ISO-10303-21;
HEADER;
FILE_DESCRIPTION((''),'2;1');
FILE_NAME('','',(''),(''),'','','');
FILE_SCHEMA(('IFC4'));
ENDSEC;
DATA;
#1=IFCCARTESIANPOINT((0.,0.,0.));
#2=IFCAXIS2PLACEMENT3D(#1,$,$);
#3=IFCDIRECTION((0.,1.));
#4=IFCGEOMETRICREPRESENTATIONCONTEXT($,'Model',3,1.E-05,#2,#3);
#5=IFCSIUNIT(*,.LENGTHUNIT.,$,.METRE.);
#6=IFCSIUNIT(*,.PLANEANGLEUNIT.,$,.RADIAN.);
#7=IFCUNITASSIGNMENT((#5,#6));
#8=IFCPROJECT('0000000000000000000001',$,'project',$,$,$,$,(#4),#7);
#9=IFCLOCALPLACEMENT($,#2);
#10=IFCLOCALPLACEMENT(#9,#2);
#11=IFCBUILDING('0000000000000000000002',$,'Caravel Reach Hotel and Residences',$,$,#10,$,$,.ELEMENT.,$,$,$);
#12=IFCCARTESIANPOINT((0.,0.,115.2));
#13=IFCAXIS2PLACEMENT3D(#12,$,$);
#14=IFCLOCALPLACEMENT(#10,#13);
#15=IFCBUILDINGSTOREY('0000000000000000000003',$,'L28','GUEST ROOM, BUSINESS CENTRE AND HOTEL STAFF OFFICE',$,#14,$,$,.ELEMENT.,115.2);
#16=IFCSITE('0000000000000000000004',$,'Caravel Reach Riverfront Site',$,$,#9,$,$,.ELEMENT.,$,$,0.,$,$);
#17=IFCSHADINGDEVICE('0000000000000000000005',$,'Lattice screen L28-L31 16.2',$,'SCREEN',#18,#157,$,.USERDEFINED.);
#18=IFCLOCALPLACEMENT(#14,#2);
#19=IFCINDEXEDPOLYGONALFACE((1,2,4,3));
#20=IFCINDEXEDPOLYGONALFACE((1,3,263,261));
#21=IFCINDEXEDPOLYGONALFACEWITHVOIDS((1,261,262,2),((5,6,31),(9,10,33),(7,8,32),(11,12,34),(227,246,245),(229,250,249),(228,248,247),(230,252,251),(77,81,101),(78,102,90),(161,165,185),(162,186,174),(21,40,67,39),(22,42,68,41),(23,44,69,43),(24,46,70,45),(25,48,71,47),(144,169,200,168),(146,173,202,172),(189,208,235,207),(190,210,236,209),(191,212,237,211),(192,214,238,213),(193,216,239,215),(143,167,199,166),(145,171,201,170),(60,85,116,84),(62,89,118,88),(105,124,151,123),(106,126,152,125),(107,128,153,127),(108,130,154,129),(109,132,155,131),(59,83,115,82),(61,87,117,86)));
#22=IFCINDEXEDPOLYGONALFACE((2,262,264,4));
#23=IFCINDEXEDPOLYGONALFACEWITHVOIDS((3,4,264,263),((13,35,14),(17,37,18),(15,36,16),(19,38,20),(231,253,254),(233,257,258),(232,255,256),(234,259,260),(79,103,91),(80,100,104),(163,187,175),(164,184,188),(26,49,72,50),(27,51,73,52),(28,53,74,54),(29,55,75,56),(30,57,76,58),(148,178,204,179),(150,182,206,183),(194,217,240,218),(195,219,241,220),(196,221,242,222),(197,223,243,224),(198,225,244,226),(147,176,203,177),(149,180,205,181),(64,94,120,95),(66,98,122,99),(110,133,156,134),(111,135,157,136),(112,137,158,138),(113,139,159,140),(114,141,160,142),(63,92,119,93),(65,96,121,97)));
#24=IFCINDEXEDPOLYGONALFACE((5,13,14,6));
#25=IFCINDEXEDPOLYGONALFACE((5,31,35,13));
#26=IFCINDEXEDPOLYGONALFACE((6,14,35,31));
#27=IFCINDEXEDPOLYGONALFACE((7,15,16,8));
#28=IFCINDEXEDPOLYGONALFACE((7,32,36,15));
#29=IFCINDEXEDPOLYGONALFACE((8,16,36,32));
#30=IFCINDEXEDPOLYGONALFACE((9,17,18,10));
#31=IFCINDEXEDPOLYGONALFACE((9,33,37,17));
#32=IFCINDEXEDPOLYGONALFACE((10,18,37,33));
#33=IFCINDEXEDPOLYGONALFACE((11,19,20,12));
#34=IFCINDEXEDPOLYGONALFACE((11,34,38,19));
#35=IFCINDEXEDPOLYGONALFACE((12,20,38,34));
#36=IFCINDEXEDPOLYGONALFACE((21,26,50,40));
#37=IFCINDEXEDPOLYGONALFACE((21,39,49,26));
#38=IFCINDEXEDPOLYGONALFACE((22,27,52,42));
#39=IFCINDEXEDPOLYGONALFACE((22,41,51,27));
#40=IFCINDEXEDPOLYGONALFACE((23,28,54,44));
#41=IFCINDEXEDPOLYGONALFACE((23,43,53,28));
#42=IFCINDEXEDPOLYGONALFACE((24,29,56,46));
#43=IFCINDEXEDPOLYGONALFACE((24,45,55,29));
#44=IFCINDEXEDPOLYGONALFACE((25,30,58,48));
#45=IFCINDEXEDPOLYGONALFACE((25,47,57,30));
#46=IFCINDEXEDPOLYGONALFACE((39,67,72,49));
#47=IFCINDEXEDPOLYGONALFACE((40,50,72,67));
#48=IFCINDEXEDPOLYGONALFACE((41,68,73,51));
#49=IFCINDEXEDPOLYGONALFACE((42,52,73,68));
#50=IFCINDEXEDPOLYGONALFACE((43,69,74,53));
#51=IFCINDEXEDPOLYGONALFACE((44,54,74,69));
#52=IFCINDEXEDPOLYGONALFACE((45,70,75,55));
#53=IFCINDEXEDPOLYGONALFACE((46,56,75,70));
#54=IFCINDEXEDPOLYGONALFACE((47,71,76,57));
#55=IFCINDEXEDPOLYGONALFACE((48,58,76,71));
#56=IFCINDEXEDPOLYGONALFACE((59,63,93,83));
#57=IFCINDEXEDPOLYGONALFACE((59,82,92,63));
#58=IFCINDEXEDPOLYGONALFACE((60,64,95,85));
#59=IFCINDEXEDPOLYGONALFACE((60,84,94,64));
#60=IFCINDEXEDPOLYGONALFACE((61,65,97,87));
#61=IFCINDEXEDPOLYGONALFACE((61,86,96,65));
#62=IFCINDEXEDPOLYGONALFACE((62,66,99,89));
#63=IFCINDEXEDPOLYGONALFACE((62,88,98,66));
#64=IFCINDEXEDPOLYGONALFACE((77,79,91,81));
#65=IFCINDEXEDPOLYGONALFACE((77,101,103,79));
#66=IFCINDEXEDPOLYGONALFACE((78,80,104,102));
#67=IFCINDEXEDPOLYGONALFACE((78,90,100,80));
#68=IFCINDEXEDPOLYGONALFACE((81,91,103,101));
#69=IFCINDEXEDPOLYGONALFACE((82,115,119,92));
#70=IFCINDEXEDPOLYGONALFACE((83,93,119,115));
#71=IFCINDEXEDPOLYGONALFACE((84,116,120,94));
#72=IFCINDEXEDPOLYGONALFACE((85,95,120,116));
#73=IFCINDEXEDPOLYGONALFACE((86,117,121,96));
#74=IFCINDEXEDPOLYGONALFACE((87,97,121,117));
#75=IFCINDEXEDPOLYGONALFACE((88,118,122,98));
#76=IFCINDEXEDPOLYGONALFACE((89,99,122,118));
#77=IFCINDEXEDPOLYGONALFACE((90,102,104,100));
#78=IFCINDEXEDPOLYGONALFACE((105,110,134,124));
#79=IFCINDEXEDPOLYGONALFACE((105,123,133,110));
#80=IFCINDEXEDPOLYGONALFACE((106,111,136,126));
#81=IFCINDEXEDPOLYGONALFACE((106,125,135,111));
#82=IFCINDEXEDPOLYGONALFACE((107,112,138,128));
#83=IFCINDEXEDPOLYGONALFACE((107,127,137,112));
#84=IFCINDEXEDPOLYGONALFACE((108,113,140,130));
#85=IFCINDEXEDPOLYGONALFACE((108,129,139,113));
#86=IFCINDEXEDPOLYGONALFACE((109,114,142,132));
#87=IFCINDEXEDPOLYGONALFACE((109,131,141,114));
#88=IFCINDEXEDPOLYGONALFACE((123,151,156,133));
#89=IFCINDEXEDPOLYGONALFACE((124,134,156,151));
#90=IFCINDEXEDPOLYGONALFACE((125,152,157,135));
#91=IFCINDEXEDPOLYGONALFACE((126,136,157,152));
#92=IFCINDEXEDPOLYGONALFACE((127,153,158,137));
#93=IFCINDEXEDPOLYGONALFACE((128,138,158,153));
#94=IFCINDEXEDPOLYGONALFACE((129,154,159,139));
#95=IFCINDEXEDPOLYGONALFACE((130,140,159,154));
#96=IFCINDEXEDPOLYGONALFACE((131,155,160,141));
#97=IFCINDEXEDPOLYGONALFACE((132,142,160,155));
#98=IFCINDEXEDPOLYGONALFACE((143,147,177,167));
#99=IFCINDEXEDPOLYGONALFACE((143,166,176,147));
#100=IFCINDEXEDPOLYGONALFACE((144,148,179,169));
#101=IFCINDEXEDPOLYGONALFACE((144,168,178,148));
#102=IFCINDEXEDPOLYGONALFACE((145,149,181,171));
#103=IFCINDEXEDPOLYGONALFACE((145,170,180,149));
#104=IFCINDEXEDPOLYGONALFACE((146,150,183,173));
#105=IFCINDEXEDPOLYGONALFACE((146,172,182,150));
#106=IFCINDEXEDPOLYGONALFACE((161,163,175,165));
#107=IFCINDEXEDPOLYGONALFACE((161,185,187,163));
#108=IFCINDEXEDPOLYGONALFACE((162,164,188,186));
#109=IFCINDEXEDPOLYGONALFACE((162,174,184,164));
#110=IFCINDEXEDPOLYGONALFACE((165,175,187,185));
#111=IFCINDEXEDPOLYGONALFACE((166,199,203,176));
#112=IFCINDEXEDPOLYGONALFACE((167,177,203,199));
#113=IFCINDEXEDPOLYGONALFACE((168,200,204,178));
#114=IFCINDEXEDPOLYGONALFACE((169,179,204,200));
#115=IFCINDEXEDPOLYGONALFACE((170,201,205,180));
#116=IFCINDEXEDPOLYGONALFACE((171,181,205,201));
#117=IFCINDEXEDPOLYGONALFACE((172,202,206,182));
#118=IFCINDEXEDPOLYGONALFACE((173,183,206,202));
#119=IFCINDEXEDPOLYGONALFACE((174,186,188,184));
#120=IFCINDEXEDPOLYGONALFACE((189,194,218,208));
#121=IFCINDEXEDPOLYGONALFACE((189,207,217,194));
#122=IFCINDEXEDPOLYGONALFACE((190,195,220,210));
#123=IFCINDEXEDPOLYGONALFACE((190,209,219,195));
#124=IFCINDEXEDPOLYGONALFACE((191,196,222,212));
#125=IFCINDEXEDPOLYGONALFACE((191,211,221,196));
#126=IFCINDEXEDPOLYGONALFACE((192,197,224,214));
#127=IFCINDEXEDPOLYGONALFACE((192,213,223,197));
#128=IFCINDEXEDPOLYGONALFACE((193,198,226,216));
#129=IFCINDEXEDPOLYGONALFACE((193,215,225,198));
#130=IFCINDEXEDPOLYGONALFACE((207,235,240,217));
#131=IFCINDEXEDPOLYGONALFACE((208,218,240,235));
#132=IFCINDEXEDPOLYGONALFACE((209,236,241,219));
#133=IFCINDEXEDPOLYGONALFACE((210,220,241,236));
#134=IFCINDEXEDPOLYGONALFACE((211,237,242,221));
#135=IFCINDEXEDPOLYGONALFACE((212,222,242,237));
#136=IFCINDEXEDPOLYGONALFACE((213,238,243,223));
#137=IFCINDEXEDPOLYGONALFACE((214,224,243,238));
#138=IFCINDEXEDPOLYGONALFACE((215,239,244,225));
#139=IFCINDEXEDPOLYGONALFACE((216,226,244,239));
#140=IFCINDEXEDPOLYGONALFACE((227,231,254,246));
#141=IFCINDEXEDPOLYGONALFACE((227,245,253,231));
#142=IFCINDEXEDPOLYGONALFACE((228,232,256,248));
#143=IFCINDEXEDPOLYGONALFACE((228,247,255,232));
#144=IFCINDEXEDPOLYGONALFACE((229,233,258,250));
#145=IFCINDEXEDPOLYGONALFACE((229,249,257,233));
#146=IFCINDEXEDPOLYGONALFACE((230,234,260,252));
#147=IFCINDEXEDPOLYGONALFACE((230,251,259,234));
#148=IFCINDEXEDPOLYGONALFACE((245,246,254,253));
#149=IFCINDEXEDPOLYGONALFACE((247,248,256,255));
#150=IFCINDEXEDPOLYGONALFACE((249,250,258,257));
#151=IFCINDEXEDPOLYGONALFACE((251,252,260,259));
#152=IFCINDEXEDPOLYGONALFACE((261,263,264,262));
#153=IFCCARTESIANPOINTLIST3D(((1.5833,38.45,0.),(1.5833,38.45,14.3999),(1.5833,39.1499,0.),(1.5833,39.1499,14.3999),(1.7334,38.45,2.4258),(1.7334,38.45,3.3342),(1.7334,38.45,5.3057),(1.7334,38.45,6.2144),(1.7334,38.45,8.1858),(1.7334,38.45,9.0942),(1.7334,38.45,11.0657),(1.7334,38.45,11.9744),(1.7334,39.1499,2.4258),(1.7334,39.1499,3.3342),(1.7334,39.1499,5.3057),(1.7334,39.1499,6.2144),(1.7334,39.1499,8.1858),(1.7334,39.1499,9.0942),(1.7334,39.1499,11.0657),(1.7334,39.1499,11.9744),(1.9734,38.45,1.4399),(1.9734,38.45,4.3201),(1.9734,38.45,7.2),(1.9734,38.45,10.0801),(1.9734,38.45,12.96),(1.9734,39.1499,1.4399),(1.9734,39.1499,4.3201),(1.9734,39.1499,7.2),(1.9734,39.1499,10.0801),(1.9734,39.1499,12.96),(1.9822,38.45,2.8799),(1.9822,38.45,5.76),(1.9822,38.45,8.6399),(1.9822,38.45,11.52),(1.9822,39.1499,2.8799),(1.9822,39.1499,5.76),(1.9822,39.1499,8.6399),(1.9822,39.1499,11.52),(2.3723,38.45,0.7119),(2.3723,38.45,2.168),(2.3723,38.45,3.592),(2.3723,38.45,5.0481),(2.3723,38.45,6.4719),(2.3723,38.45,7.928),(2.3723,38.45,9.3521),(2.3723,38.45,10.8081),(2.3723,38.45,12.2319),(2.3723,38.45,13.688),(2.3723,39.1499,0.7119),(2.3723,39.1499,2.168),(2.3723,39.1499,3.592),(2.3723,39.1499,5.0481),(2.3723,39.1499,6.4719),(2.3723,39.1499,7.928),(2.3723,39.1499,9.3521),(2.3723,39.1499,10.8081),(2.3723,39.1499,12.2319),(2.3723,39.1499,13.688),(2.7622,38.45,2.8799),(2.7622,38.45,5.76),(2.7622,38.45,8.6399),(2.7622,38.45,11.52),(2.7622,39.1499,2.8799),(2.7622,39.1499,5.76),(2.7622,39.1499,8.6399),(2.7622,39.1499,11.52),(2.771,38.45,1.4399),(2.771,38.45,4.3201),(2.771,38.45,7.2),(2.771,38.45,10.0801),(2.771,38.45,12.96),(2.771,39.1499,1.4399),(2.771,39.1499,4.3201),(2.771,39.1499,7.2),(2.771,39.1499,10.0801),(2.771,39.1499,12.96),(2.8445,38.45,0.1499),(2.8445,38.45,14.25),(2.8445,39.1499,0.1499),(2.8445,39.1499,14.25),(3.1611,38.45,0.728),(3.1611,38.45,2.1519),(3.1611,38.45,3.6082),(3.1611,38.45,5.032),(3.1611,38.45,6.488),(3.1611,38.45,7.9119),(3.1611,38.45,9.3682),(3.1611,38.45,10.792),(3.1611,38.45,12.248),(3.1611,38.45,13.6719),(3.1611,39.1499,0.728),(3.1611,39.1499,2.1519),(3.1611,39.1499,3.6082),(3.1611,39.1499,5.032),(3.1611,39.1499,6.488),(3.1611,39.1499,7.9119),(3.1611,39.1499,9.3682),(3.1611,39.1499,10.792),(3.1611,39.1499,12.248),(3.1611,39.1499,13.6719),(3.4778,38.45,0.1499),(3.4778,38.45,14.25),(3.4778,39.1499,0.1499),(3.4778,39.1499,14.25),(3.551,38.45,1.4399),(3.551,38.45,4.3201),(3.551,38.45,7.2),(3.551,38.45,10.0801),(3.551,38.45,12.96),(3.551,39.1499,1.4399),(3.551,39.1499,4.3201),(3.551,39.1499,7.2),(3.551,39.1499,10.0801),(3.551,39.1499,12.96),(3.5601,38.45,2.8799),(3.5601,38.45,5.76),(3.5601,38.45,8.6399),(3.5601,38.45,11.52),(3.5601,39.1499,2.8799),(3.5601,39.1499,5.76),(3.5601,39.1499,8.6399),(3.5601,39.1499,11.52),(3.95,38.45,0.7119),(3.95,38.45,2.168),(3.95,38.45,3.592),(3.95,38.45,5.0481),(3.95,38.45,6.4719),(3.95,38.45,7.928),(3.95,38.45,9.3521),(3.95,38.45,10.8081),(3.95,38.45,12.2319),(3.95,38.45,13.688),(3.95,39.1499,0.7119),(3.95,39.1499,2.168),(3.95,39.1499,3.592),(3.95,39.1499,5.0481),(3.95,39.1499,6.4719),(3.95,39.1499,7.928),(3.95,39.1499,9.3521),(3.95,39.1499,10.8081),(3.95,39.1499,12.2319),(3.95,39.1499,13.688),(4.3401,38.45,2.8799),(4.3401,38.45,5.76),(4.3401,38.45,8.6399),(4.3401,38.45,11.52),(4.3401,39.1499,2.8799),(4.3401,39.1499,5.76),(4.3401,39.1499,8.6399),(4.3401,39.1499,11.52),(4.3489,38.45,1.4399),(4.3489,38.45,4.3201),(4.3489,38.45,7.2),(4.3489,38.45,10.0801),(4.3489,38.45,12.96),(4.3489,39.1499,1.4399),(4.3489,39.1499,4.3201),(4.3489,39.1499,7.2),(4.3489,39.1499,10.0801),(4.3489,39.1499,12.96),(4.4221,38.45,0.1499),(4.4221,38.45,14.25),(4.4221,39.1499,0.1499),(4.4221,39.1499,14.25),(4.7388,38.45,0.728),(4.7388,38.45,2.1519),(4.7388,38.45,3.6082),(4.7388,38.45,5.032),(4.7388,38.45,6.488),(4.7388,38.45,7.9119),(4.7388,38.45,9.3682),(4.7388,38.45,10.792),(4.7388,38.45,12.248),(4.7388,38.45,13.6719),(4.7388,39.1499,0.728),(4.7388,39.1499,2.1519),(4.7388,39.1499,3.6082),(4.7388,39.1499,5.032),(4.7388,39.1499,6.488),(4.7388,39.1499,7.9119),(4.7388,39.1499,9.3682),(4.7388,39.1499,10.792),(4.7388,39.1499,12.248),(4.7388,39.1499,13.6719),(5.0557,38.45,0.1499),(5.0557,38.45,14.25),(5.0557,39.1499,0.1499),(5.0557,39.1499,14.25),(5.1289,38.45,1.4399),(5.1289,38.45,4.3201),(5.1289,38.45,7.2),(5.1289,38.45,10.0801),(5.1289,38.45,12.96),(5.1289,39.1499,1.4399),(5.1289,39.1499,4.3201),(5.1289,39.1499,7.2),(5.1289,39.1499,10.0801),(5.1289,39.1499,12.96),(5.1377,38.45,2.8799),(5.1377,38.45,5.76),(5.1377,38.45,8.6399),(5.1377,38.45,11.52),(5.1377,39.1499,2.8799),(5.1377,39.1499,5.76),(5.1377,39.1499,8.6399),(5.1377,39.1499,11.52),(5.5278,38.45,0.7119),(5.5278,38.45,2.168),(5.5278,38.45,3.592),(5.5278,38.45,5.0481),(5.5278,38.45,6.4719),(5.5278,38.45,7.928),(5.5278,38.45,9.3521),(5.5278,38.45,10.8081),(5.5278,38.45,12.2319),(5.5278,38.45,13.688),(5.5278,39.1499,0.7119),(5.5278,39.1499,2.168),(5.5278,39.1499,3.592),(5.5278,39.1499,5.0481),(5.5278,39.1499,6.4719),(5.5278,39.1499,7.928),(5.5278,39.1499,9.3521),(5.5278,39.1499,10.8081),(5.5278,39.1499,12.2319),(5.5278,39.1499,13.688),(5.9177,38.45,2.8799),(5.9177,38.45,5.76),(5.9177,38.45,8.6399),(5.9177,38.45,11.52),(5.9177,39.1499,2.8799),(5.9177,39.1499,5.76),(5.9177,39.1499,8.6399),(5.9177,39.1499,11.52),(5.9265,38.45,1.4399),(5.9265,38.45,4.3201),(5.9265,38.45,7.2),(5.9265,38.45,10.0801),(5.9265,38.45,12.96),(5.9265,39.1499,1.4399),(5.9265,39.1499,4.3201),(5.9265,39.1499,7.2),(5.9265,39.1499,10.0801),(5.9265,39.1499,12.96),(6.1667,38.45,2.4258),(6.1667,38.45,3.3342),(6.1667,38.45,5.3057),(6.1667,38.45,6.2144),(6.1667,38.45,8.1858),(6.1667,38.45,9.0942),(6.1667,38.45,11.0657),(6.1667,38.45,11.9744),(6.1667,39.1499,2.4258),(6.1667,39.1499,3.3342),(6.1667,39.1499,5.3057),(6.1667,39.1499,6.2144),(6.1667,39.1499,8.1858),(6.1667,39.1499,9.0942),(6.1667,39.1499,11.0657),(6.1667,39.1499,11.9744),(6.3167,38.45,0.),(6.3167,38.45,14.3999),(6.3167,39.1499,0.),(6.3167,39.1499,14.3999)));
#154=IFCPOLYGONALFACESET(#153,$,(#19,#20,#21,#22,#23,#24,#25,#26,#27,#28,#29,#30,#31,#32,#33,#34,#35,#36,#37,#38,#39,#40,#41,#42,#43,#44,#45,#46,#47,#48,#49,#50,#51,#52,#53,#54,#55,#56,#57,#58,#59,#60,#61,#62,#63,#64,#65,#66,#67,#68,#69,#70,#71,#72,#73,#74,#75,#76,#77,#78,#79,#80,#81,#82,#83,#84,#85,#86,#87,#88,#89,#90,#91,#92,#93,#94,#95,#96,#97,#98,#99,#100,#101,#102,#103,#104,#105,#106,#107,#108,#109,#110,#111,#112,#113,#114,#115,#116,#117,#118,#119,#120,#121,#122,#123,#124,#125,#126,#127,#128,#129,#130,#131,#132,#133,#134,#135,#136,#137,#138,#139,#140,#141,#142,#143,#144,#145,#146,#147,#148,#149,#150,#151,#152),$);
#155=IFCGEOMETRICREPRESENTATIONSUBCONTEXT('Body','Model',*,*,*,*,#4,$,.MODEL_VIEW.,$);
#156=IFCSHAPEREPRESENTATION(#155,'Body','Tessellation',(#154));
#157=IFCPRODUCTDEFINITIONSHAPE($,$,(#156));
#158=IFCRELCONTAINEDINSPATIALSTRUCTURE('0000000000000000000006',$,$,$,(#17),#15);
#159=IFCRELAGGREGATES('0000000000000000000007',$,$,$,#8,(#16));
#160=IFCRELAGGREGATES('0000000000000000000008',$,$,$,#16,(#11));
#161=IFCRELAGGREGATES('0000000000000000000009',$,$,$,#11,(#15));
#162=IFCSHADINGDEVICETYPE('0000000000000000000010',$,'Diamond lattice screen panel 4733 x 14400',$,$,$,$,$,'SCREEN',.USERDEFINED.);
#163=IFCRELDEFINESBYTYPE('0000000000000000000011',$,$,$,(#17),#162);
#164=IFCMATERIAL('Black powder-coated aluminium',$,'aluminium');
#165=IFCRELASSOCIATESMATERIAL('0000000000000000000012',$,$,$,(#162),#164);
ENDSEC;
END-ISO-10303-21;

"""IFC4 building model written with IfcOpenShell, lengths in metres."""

from ifc_helpers import new_model, si_unit, direction, frame, origin, place, context, subcontext, project, spatial, polyline, outline, extrude, material, type_object, element, save


model = new_model("IFC4")

# Units and contexts
model_context = context("Model", 3, precision=1e-05, world=origin(), true_north=direction((0.0, 1.0)))
body_context = subcontext(model_context, "Body", "Model", "MODEL_VIEW")
ifc_project = project(units=[si_unit("LENGTHUNIT", "METRE"), si_unit("PLANEANGLEUNIT", "RADIAN")], contexts=[model_context])

# Site, building, storey
site_placement = place(None, origin())
site = spatial("IfcSite", under=ifc_project, at=site_placement, Name="Caravel Reach Riverfront Site", CompositionType="ELEMENT", RefElevation=0.0)
building_placement = place(site_placement, origin())
building = spatial("IfcBuilding", under=site, at=building_placement, Name="Caravel Reach Hotel and Residences", CompositionType="ELEMENT")
storey_placement = place(building_placement, frame((0.0, 0.0, 115.2)))
storey = spatial("IfcBuildingStorey", under=building, at=storey_placement, Name="L28", Description="GUEST ROOM, BUSINESS CENTRE AND HOTEL STAFF OFFICE", CompositionType="ELEMENT", Elevation=115.2)

# Shading device
ifc_material_1 = material(Name="Black powder-coated aluminium", Category="aluminium")
shading_device_type_1 = type_object("IfcShadingDeviceType", Name="Diamond lattice screen panel 4733 x 14400", ElementType="SCREEN", PredefinedType="USERDEFINED", material=ifc_material_1)
shading_device_1_placement = place(storey_placement, frame((6.3167, 38.45, 0.0), z_axis=(0.0, 1.0, 0.0), x_axis=(-1.0, 0.0, 0.0)))
element("IfcShadingDevice", 1, at=shading_device_1_placement, inside=storey, type_object=shading_device_type_1, Name="Lattice screen L28-L31 16.2", ObjectType="SCREEN", PredefinedType="USERDEFINED", context=body_context, shape_type="SweptSolid", body=[
    extrude(outline(polyline([(0.0, 0.0), (4.7334, 0.0), (4.7334, 14.3999), (0.0, 14.3999), (0.0, 0.0)]), holes=[polyline([(0.3989, 2.8799), (0.1499, 3.3342), (0.1499, 2.4258), (0.3989, 2.8799)]), polyline([(0.3989, 5.76), (0.1499, 6.2144), (0.1499, 5.3057), (0.3989, 5.76)]), polyline([(0.3989, 8.6399), (0.1499, 9.0942), (0.1499, 8.1858), (0.3989, 8.6399)]), polyline([(0.3989, 11.52), (0.1499, 11.9744), (0.1499, 11.0657), (0.3989, 11.52)]), polyline([(0.7888, 2.168), (0.3901, 1.4399), (0.7888, 0.7119), (1.1877, 1.4399), (0.7888, 2.168)]), polyline([(0.7888, 5.0481), (0.3901, 4.3201), (0.7888, 3.592), (1.1877, 4.3201), (0.7888, 5.0481)]), polyline([(0.7888, 7.928), (0.3901, 7.2), (0.7888, 6.4719), (1.1877, 7.2), (0.7888, 7.928)]), polyline([(0.7888, 10.8081), (0.3901, 10.0801), (0.7888, 9.3521), (1.1877, 10.0801), (0.7888, 10.8081)]), polyline([(0.7888, 13.688), (0.3901, 12.96), (0.7888, 12.2319), (1.1877, 12.96), (0.7888, 13.688)]), polyline([(1.5779, 0.728), (1.261, 0.1499), (1.8945, 0.1499), (1.5779, 0.728)]), polyline([(1.5779, 3.6082), (1.179, 2.8799), (1.5779, 2.1519), (1.9766, 2.8799), (1.5779, 3.6082)]), polyline([(1.5779, 6.488), (1.179, 5.76), (1.5779, 5.032), (1.9766, 5.76), (1.5779, 6.488)]), polyline([(1.5779, 9.3682), (1.179, 8.6399), (1.5779, 7.9119), (1.9766, 8.6399), (1.5779, 9.3682)]), polyline([(1.5779, 12.248), (1.179, 11.52), (1.5779, 10.792), (1.9766, 11.52), (1.5779, 12.248)]), polyline([(1.5779, 13.6719), (1.8945, 14.25), (1.261, 14.25), (1.5779, 13.6719)]), polyline([(2.3667, 2.168), (1.9678, 1.4399), (2.3667, 0.7119), (2.7656, 1.4399), (2.3667, 2.168)]), polyline([(2.3667, 5.0481), (1.9678, 4.3201), (2.3667, 3.592), (2.7656, 4.3201), (2.3667, 5.0481)]), polyline([(2.3667, 7.928), (1.9678, 7.2), (2.3667, 6.4719), (2.7656, 7.2), (2.3667, 7.928)]), polyline([(2.3667, 10.8081), (1.9678, 10.0801), (2.3667, 9.3521), (2.7656, 10.0801), (2.3667, 10.8081)]), polyline([(2.3667, 13.688), (1.9678, 12.96), (2.3667, 12.2319), (2.7656, 12.96), (2.3667, 13.688)]), polyline([(3.1555, 0.728), (2.8389, 0.1499), (3.4722, 0.1499), (3.1555, 0.728)]), polyline([(3.1555, 3.6082), (2.7566, 2.8799), (3.1555, 2.1519), (3.5544, 2.8799), (3.1555, 3.6082)]), polyline([(3.1555, 6.488), (2.7566, 5.76), (3.1555, 5.032), (3.5544, 5.76), (3.1555, 6.488)]), polyline([(3.1555, 9.3682), (2.7566, 8.6399), (3.1555, 7.9119), (3.5544, 8.6399), (3.1555, 9.3682)]), polyline([(3.1555, 12.248), (2.7566, 11.52), (3.1555, 10.792), (3.5544, 11.52), (3.1555, 12.248)]), polyline([(3.1555, 13.6719), (3.4722, 14.25), (2.8389, 14.25), (3.1555, 13.6719)]), polyline([(3.9443, 2.168), (3.5457, 1.4399), (3.9443, 0.7119), (4.3433, 1.4399), (3.9443, 2.168)]), polyline([(3.9443, 5.0481), (3.5457, 4.3201), (3.9443, 3.592), (4.3433, 4.3201), (3.9443, 5.0481)]), polyline([(3.9443, 7.928), (3.5457, 7.2), (3.9443, 6.4719), (4.3433, 7.2), (3.9443, 7.928)]), polyline([(3.9443, 10.8081), (3.5457, 10.0801), (3.9443, 9.3521), (4.3433, 10.0801), (3.9443, 10.8081)]), polyline([(3.9443, 13.688), (3.5457, 12.96), (3.9443, 12.2319), (4.3433, 12.96), (3.9443, 13.688)]), polyline([(4.3345, 2.8799), (4.5833, 2.4258), (4.5833, 3.3342), (4.3345, 2.8799)]), polyline([(4.3345, 5.76), (4.5833, 5.3057), (4.5833, 6.2144), (4.3345, 5.76)]), polyline([(4.3345, 8.6399), (4.5833, 8.1858), (4.5833, 9.0942), (4.3345, 8.6399)]), polyline([(4.3345, 11.52), (4.5833, 11.0657), (4.5833, 11.9744), (4.3345, 11.52)])]), origin(), (0.0, 0.0, 1.0), 0.7),
])

save(model, "model.ifc")
